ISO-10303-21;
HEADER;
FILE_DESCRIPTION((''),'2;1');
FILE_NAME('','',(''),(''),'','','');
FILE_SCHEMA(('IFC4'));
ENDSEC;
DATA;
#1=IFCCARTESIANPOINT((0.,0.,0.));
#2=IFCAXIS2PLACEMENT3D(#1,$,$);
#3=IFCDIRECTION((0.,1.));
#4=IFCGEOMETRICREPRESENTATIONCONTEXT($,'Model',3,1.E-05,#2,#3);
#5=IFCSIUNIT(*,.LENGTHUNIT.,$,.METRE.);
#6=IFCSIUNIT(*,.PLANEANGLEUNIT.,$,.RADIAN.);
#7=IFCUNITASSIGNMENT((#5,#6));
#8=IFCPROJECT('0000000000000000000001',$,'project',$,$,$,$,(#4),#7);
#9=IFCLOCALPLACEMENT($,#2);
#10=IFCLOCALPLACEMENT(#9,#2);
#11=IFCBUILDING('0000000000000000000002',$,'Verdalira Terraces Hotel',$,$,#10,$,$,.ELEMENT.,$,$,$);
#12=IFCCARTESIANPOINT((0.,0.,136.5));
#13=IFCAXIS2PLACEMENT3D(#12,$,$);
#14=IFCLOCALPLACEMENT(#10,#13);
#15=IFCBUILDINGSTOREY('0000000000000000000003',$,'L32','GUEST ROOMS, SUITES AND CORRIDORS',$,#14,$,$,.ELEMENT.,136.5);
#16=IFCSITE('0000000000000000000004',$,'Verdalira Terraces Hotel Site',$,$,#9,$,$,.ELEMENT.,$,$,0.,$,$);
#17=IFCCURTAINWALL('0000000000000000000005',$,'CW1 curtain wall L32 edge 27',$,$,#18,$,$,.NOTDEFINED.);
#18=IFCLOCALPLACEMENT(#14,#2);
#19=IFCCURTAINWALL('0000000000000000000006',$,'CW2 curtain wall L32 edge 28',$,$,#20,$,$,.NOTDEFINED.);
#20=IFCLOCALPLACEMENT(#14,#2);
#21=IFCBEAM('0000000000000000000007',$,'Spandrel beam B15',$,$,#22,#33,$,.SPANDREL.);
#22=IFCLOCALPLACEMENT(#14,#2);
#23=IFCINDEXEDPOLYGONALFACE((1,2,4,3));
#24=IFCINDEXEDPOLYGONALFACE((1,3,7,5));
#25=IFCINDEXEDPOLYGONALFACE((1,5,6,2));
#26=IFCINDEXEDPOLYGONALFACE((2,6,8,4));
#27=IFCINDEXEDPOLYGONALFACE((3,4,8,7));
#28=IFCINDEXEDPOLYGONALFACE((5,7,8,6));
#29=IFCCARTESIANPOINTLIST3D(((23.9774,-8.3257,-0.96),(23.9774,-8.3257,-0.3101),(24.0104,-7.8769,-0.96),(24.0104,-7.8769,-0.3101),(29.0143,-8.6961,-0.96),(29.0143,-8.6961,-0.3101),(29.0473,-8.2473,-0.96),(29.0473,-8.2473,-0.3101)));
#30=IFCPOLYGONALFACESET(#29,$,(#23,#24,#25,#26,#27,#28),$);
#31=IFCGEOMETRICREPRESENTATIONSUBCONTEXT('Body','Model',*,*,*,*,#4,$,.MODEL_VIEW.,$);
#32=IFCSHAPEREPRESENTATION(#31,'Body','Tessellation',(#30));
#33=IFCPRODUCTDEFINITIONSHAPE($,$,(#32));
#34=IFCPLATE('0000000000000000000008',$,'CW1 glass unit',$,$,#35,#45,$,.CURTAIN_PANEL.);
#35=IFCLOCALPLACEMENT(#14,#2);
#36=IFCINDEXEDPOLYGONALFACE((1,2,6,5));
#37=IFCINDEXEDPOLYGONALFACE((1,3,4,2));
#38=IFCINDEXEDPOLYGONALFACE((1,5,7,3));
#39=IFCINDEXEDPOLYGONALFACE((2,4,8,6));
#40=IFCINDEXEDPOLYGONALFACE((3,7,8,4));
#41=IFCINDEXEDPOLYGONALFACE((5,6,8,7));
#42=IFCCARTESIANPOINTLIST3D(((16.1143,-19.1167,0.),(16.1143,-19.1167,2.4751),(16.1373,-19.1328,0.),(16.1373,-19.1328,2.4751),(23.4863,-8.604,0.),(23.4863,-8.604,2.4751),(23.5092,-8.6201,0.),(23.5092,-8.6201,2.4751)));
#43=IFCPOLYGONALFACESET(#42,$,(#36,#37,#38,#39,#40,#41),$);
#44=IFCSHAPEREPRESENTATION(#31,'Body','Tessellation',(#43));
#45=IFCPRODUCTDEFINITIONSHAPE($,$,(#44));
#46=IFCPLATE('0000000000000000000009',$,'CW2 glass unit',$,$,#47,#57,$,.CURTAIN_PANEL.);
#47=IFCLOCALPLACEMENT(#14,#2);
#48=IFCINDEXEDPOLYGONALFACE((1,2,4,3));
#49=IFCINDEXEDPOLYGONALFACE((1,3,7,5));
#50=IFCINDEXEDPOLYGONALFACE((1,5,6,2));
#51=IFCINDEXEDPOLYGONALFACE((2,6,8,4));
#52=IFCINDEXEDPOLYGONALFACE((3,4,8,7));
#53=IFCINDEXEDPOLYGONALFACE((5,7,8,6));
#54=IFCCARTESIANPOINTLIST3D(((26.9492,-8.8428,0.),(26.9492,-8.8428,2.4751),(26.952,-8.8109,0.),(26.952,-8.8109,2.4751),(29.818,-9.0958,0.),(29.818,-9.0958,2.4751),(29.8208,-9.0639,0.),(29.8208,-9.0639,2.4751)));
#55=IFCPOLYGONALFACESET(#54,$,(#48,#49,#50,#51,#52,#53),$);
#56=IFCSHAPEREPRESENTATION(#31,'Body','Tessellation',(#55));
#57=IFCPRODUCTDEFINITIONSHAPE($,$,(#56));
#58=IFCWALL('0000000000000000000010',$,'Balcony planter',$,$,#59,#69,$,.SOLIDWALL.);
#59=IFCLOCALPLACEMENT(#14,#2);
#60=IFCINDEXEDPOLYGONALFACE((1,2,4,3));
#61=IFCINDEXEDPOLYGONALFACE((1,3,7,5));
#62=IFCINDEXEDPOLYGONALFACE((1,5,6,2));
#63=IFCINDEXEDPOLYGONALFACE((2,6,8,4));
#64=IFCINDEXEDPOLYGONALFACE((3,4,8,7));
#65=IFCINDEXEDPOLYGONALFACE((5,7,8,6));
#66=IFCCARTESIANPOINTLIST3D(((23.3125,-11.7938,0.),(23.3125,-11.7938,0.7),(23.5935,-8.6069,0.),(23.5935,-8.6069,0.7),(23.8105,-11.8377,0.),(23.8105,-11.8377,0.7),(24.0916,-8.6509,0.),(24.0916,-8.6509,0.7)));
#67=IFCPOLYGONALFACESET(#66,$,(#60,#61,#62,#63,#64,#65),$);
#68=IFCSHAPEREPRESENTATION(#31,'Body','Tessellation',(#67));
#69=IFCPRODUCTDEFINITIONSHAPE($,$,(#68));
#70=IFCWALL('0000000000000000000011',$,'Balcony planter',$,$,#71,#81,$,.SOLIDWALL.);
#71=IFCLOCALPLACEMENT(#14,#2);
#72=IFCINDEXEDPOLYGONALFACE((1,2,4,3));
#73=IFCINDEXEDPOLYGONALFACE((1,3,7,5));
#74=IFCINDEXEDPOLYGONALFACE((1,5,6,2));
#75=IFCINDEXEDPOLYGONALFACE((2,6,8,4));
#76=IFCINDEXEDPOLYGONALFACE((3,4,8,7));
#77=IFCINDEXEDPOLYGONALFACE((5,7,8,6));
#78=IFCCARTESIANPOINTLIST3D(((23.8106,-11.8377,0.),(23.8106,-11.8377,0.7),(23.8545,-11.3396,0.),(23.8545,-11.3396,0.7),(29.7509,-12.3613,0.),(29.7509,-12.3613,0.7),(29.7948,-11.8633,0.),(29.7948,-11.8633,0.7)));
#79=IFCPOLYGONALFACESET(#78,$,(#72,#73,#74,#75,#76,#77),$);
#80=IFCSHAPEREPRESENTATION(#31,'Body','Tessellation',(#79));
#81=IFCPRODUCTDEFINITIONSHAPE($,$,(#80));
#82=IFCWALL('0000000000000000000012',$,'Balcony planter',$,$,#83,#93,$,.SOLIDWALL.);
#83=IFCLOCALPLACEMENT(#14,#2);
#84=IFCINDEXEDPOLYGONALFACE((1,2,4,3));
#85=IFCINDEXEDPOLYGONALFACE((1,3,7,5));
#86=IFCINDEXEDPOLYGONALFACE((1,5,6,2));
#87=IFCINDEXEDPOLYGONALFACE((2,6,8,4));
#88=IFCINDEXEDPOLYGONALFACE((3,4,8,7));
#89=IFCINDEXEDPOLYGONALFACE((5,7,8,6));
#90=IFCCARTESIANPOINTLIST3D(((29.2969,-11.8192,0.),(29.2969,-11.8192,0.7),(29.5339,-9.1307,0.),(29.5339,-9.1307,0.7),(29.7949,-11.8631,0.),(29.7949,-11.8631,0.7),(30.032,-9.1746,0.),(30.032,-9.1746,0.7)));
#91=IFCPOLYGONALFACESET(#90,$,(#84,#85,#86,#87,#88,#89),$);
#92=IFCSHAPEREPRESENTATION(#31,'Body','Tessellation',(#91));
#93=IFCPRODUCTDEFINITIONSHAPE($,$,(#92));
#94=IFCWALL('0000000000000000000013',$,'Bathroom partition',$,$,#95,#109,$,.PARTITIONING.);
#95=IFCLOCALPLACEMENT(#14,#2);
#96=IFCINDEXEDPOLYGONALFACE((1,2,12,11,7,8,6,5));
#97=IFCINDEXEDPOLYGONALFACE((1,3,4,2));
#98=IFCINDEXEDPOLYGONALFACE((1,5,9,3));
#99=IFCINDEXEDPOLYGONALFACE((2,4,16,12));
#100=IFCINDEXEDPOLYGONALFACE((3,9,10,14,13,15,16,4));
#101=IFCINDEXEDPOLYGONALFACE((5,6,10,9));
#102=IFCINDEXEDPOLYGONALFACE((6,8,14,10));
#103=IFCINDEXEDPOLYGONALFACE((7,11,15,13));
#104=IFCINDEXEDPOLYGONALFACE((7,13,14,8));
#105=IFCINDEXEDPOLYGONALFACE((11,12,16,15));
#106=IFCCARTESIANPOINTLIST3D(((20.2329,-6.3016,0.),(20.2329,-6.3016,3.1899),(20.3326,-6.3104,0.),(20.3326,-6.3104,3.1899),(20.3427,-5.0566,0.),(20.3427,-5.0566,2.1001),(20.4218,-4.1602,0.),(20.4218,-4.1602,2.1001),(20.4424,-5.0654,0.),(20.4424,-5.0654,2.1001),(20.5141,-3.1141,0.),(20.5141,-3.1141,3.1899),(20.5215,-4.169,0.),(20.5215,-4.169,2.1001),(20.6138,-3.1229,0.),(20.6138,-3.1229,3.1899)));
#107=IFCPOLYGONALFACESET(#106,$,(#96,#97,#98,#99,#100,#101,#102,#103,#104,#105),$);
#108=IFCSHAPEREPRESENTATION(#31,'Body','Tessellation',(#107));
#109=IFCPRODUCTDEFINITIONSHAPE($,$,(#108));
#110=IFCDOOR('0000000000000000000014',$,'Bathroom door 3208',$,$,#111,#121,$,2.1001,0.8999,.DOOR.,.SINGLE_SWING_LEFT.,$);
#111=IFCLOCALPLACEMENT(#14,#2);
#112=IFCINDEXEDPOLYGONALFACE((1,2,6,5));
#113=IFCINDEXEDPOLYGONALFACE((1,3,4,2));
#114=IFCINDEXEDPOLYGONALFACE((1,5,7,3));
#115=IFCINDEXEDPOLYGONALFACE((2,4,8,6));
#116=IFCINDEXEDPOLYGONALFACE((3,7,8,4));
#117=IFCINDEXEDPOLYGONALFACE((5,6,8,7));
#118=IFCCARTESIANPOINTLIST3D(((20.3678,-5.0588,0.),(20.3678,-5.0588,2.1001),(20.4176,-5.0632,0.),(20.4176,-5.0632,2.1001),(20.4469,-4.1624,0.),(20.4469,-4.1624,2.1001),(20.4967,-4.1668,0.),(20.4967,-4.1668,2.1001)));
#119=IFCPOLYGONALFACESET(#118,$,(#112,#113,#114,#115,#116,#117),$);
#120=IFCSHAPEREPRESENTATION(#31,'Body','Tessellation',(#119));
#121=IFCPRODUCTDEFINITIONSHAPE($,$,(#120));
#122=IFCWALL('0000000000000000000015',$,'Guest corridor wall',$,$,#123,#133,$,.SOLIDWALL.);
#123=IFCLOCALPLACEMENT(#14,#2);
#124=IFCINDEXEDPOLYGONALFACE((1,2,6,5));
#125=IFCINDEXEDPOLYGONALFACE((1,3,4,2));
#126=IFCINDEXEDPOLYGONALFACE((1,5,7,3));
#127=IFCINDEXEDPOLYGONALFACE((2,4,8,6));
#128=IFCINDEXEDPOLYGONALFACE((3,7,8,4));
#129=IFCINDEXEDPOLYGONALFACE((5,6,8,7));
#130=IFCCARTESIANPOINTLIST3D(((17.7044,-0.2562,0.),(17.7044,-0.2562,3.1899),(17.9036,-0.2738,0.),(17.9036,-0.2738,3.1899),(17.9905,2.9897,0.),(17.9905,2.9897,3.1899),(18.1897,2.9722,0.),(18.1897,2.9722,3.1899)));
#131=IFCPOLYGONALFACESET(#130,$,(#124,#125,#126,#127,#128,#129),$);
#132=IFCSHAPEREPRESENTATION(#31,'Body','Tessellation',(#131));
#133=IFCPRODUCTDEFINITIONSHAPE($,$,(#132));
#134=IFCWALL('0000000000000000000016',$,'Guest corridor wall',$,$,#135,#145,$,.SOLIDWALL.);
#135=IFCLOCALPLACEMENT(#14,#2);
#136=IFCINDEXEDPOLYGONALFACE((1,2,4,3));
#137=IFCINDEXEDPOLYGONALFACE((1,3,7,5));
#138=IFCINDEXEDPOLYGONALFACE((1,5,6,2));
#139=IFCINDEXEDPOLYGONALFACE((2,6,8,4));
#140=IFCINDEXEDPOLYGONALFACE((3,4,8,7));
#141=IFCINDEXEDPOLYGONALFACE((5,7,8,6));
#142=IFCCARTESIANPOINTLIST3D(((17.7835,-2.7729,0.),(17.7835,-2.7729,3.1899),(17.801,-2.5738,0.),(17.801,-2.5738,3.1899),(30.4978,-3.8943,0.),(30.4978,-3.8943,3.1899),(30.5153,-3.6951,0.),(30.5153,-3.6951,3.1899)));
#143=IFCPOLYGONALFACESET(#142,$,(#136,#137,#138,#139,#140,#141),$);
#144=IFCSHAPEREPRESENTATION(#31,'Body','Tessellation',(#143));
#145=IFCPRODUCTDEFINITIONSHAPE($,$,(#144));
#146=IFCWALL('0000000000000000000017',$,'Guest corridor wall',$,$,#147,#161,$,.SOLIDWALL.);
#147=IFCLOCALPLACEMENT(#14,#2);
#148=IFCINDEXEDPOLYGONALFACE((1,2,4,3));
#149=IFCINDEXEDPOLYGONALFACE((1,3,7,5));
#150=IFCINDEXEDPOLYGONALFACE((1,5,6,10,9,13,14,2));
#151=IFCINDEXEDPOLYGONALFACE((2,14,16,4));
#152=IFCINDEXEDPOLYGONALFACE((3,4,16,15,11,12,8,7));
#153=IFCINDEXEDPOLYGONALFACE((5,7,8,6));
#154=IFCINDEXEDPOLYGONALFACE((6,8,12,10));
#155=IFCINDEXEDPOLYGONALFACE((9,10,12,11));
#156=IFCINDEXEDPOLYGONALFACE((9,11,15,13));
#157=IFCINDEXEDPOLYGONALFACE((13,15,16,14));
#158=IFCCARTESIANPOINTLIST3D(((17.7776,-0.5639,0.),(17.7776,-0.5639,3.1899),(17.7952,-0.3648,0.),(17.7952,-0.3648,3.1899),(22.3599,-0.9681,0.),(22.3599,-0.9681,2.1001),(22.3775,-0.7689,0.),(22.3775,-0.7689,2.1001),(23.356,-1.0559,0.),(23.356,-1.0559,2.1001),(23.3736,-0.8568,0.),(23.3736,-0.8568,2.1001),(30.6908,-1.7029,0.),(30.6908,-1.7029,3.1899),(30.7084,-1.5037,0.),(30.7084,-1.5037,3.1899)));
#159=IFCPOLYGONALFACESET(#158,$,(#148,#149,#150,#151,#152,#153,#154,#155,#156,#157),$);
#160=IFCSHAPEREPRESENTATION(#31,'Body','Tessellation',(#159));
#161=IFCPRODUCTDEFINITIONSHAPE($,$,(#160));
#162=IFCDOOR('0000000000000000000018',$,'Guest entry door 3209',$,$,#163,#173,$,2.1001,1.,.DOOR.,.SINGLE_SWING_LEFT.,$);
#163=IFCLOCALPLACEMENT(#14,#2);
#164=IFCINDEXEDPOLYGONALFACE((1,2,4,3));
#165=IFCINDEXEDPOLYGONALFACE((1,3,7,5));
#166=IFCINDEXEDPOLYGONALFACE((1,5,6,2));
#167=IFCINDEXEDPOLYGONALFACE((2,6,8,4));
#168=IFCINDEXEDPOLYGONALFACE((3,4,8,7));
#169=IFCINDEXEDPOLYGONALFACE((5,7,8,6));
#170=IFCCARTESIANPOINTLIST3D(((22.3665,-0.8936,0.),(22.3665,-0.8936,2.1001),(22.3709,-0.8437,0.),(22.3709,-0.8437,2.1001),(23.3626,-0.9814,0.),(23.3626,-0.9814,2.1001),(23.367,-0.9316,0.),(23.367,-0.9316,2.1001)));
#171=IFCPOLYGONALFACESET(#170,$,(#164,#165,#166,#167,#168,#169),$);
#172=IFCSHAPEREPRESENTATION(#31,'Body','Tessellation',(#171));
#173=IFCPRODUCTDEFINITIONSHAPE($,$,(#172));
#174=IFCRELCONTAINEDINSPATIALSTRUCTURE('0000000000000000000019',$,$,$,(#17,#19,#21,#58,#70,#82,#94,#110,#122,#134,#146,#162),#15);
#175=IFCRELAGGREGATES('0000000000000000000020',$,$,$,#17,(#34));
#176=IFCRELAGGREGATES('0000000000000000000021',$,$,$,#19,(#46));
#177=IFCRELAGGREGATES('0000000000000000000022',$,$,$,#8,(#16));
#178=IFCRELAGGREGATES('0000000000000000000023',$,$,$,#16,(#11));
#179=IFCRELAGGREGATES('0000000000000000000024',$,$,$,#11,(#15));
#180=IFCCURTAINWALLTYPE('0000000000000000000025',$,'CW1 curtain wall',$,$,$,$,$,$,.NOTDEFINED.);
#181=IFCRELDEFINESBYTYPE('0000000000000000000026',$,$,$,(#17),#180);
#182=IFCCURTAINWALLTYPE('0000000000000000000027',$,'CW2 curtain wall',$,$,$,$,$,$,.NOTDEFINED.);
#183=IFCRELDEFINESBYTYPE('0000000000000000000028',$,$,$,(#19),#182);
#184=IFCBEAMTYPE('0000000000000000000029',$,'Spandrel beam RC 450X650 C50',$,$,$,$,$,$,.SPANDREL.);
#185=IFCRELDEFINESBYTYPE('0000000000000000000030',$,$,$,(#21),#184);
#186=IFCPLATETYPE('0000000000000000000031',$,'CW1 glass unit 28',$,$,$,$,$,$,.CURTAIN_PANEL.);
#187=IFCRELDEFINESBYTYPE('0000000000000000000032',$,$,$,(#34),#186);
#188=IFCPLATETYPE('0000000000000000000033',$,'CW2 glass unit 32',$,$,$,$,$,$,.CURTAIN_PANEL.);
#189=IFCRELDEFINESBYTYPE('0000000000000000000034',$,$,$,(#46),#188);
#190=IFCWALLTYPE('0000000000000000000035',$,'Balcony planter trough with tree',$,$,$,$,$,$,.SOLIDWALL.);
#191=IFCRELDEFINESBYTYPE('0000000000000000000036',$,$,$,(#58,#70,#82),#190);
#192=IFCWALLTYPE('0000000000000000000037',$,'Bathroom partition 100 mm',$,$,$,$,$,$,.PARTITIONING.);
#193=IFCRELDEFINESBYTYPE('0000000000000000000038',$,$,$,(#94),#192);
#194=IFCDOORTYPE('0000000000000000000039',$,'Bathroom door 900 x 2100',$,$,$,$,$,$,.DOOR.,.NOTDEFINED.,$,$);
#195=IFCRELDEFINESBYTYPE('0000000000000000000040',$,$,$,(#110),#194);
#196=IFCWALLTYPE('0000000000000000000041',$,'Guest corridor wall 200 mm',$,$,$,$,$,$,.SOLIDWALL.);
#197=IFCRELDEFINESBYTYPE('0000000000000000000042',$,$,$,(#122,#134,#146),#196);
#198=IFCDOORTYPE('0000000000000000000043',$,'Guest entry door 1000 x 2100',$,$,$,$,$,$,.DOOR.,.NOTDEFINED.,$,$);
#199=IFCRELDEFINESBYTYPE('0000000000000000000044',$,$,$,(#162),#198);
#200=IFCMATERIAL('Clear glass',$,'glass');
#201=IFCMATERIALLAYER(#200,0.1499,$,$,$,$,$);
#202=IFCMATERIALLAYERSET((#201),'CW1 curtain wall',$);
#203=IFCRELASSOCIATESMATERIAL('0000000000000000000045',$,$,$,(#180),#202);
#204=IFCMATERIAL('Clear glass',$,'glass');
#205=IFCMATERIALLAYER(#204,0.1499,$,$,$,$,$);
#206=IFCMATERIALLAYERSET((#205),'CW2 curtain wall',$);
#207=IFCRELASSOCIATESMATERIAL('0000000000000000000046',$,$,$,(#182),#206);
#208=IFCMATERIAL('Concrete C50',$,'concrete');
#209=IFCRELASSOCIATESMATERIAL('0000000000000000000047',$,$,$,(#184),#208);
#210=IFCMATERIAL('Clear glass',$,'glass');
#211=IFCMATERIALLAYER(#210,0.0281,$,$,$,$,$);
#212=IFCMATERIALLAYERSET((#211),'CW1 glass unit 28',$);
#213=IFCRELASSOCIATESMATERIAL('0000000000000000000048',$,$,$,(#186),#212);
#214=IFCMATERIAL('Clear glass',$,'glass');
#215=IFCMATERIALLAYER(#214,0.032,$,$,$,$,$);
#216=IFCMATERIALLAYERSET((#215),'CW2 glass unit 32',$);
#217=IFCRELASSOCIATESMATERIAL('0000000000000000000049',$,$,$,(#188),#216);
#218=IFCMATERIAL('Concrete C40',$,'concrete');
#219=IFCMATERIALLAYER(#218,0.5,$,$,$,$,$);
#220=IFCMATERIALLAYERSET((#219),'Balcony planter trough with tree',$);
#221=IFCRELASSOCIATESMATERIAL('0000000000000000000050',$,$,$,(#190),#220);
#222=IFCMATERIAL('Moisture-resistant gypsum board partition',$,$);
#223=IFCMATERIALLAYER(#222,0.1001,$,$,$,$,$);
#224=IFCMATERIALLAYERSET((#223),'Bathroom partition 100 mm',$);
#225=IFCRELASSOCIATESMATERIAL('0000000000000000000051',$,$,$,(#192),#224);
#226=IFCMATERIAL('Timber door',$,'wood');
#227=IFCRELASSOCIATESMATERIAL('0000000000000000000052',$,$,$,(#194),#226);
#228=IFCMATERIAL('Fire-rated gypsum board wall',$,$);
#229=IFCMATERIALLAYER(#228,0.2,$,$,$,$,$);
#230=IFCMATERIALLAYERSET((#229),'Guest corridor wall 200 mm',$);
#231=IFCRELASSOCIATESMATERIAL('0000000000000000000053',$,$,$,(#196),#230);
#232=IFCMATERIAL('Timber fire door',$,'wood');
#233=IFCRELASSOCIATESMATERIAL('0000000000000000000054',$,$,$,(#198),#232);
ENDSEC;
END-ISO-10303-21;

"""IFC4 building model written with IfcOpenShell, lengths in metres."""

from ifc_helpers import new_model, si_unit, direction, frame, frame_2d, origin, origin_2d, place, context, subcontext, project, spatial, rectangle, extrude, material, layer, layer_set, material_profile, profile_set, type_object, element, fill, aggregate, save


model = new_model("IFC4")

# Units and contexts
model_context = context("Model", 3, precision=1e-05, world=origin(), true_north=direction((0.0, 1.0)))
body_context = subcontext(model_context, "Body", "Model", "MODEL_VIEW")
ifc_project = project(units=[si_unit("LENGTHUNIT", "METRE"), si_unit("PLANEANGLEUNIT", "RADIAN")], contexts=[model_context])

# Site, building, storey
site_placement = place(None, origin())
site = spatial("IfcSite", under=ifc_project, at=site_placement, Name="Verdalira Terraces Hotel Site", CompositionType="ELEMENT", RefElevation=0.0)
building_placement = place(site_placement, origin())
building = spatial("IfcBuilding", under=site, at=building_placement, Name="Verdalira Terraces Hotel", CompositionType="ELEMENT")
storey_placement = place(building_placement, frame((0.0, 0.0, 136.5)))
storey = spatial("IfcBuildingStorey", under=building, at=storey_placement, Name="L32", Description="GUEST ROOMS, SUITES AND CORRIDORS", CompositionType="ELEMENT", Elevation=136.5)

# Curtain wall
ifc_material_1 = material(Name="Clear glass", Category="glass")
ifc_layer_1 = layer(ifc_material_1, 0.1499)
ifc_layer_set_1 = layer_set([ifc_layer_1], Name="CW1 curtain wall")
curtain_wall_type_1 = type_object("IfcCurtainWallType", Name="CW1 curtain wall", PredefinedType="NOTDEFINED", material=ifc_layer_set_1)
curtain_wall_1_placement = place(storey_placement, origin())
curtain_wall_1 = element("IfcCurtainWall", 1, at=curtain_wall_1_placement, inside=storey, type_object=curtain_wall_type_1, Name="CW1 curtain wall L32 edge 27", PredefinedType="NOTDEFINED")

# Curtain wall
ifc_material_2 = material(Name="Clear glass", Category="glass")
ifc_layer_2 = layer(ifc_material_2, 0.1499)
ifc_layer_set_2 = layer_set([ifc_layer_2], Name="CW2 curtain wall")
curtain_wall_type_2 = type_object("IfcCurtainWallType", Name="CW2 curtain wall", PredefinedType="NOTDEFINED", material=ifc_layer_set_2)
curtain_wall_2_placement = place(storey_placement, origin())
curtain_wall_2 = element("IfcCurtainWall", 2, at=curtain_wall_2_placement, inside=storey, type_object=curtain_wall_type_2, Name="CW2 curtain wall L32 edge 28", PredefinedType="NOTDEFINED")

# Beam
ifc_material_3 = material(Name="Concrete C50", Category="concrete")
ifc_material_profile_1 = material_profile(ifc_material_3, rectangle(XDim=0.45, YDim=0.6499, at=origin_2d()), Name="RC 450X650")
ifc_profile_set_1 = profile_set([ifc_material_profile_1], Name="Concrete C50")
beam_type_1 = type_object("IfcBeamType", Name="Spandrel beam RC 450X650 C50", PredefinedType="SPANDREL", material=ifc_profile_set_1)
beam_1_placement = place(storey_placement, frame((23.9939, -8.1013, -0.635), z_axis=(0.997308, -0.073332, 0.0), x_axis=(0.073332, 0.997308, 0.0)))
element("IfcBeam", 3, at=beam_1_placement, inside=storey, type_object=beam_type_1, Name="Spandrel beam B15", PredefinedType="SPANDREL", context=body_context, shape_type="SweptSolid", body=[
    extrude(rectangle(XDim=0.45, YDim=0.6499, at=origin_2d()), origin(), (0.0, 0.0, 1.0), 5.0505),
])

# Plates
ifc_material_4 = material(Name="Clear glass", Category="glass")
ifc_layer_3 = layer(ifc_material_4, 0.0281)
ifc_layer_set_3 = layer_set([ifc_layer_3], Name="CW1 glass unit 28")
plate_type_1 = type_object("IfcPlateType", Name="CW1 glass unit 28", PredefinedType="CURTAIN_PANEL", material=ifc_layer_set_3)
plate_1_placement = place(storey_placement, frame((19.8118, -13.8684, 0.0), z_axis=(0.0, 0.0, 1.0), x_axis=(0.574148, 0.818751, 0.0)))
plate_1 = element("IfcPlate", 4, at=plate_1_placement, type_object=plate_type_1, Name="CW1 glass unit", PredefinedType="CURTAIN_PANEL", context=body_context, shape_type="SweptSolid", body=[
    extrude(rectangle(XDim=12.8398, YDim=0.0281, at=origin_2d()), origin(), (0.0, 0.0, 1.0), 2.4751),
])
aggregate(curtain_wall_1, [plate_1])
ifc_material_5 = material(Name="Clear glass", Category="glass")
ifc_layer_4 = layer(ifc_material_5, 0.032)
ifc_layer_set_4 = layer_set([ifc_layer_4], Name="CW2 glass unit 32")
plate_type_2 = type_object("IfcPlateType", Name="CW2 glass unit 32", PredefinedType="CURTAIN_PANEL", material=ifc_layer_set_4)
plate_2_placement = place(storey_placement, frame((28.385, -8.9534, 0.0), z_axis=(0.0, 0.0, 1.0), x_axis=(0.996134, -0.087851, 0.0)))
plate_2 = element("IfcPlate", 5, at=plate_2_placement, type_object=plate_type_2, Name="CW2 glass unit", PredefinedType="CURTAIN_PANEL", context=body_context, shape_type="SweptSolid", body=[
    extrude(rectangle(XDim=2.8799, YDim=0.032, at=origin_2d()), origin(), (0.0, 0.0, 1.0), 2.4751),
])
aggregate(curtain_wall_2, [plate_2])

# Walls
ifc_material_6 = material(Name="Concrete C40", Category="concrete")
ifc_layer_5 = layer(ifc_material_6, 0.5)
ifc_layer_set_5 = layer_set([ifc_layer_5], Name="Balcony planter trough with tree")
wall_type_1 = type_object("IfcWallType", Name="Balcony planter trough with tree", PredefinedType="SOLIDWALL", material=ifc_layer_set_5)
wall_1_placement = place(storey_placement, frame((23.8425, -8.6289, 0.0), z_axis=(0.0, 0.0, 1.0), x_axis=(-0.087838, -0.996135, 0.0)))
element("IfcWall", 6, at=wall_1_placement, inside=storey, type_object=wall_type_1, Name="Balcony planter", PredefinedType="SOLIDWALL", context=body_context, shape_type="SweptSolid", body=[
    extrude(rectangle(XDim=3.1992, YDim=0.5, at=frame_2d((1.5996, 0.0))), origin(), (0.0, 0.0, 1.0), 0.7),
])
wall_2_placement = place(storey_placement, frame((23.8325, -11.5886, 0.0), z_axis=(0.0, 0.0, 1.0), x_axis=(0.996137, -0.087815, 0.0)))
element("IfcWall", 7, at=wall_2_placement, inside=storey, type_object=wall_type_1, Name="Balcony planter", PredefinedType="SOLIDWALL", context=body_context, shape_type="SweptSolid", body=[
    extrude(rectangle(XDim=5.9634, YDim=0.5, at=frame_2d((2.9817, 0.0))), origin(), (0.0, 0.0, 1.0), 0.7),
])
wall_3_placement = place(storey_placement, frame((29.5459, -11.8413, 0.0), z_axis=(0.0, 0.0, 1.0), x_axis=(0.087836, 0.996135, 0.0)))
element("IfcWall", 8, at=wall_3_placement, inside=storey, type_object=wall_type_1, Name="Balcony planter", PredefinedType="SOLIDWALL", context=body_context, shape_type="SweptSolid", body=[
    extrude(rectangle(XDim=2.699, YDim=0.5, at=frame_2d((1.3496, 0.0))), origin(), (0.0, 0.0, 1.0), 0.7),
])

# Wall, opening, door
ifc_material_7 = material(Name="Moisture-resistant gypsum board partition")
ifc_layer_6 = layer(ifc_material_7, 0.1001)
ifc_layer_set_6 = layer_set([ifc_layer_6], Name="Bathroom partition 100 mm")
wall_type_2 = type_object("IfcWallType", Name="Bathroom partition 100 mm", PredefinedType="PARTITIONING", material=ifc_layer_set_6)
wall_4_placement = place(storey_placement, frame((20.2827, -6.3062, 0.0), z_axis=(0.0, 0.0, 1.0), x_axis=(0.087894, 0.99613, 0.0)))
wall_4 = element("IfcWall", 9, at=wall_4_placement, inside=storey, type_object=wall_type_2, Name="Bathroom partition", PredefinedType="PARTITIONING", context=body_context, shape_type="SweptSolid", body=[
    extrude(rectangle(XDim=3.2, YDim=0.1001, at=frame_2d((1.6001, 0.0))), origin(), (0.0, 0.0, 1.0), 3.1899),
])
opening_1_placement = place(wall_4_placement, frame((1.25, 0.0, 0.0)))
opening_1 = element("IfcOpeningElement", 10, at=opening_1_placement, cuts=wall_4, PredefinedType="OPENING", context=body_context, shape_type="SweptSolid", body=[
    extrude(rectangle(XDim=0.8999, YDim=2.1001, at=frame_2d((0.45, 1.05))), frame((0.0, 0.0601, 0.0), z_axis=(0.0, -1.0, 0.0), x_axis=(1.0, 0.0, 0.0)), (0.0, 0.0, 1.0), 0.1201),
])
ifc_material_8 = material(Name="Timber door", Category="wood")
door_type_1 = type_object("IfcDoorType", Name="Bathroom door 900 x 2100", OperationType="NOTDEFINED", PredefinedType="DOOR", material=ifc_material_8)
door_1_placement = place(opening_1_placement, origin())
door_1 = element("IfcDoor", 11, at=door_1_placement, inside=storey, type_object=door_type_1, Name="Bathroom door 3208", OperationType="SINGLE_SWING_LEFT", OverallHeight=2.1001, OverallWidth=0.8999, PredefinedType="DOOR", context=body_context, shape_type="SweptSolid", body=[
    extrude(rectangle(XDim=0.8999, YDim=2.1001, at=frame_2d((0.45, 1.05))), frame((0.0, 0.0249, 0.0), z_axis=(0.0, -1.0, 0.0), x_axis=(1.0, 0.0, 0.0)), (0.0, 0.0, 1.0), 0.05),
])
fill(opening_1, door_1)

# Walls
ifc_material_9 = material(Name="Fire-rated gypsum board wall")
ifc_layer_7 = layer(ifc_material_9, 0.2)
ifc_layer_set_7 = layer_set([ifc_layer_7], Name="Guest corridor wall 200 mm")
wall_type_3 = type_object("IfcWallType", Name="Guest corridor wall 200 mm", PredefinedType="SOLIDWALL", material=ifc_layer_set_7)
wall_5_placement = place(storey_placement, frame((17.804, -0.2651, 0.0), z_axis=(0.0, 0.0, 1.0), x_axis=(0.087813, 0.996137, 0.0)))
element("IfcWall", 12, at=wall_5_placement, inside=storey, type_object=wall_type_3, Name="Guest corridor wall", PredefinedType="SOLIDWALL", context=body_context, shape_type="SweptSolid", body=[
    extrude(rectangle(XDim=3.2585, YDim=0.2, at=frame_2d((1.6294, 0.0))), origin(), (0.0, 0.0, 1.0), 3.1899),
])
wall_6_placement = place(storey_placement, frame((17.7922, -2.6733, 0.0), z_axis=(0.0, 0.0, 1.0), x_axis=(0.996133, -0.087854, 0.0)))
element("IfcWall", 13, at=wall_6_placement, inside=storey, type_object=wall_type_3, Name="Guest corridor wall", PredefinedType="SOLIDWALL", context=body_context, shape_type="SweptSolid", body=[
    extrude(rectangle(XDim=12.7637, YDim=0.2, at=frame_2d((6.3818, 0.0))), origin(), (0.0, 0.0, 1.0), 3.1899),
])

# Wall, opening, door
wall_7_placement = place(storey_placement, frame((17.7864, -0.4644, 0.0), z_axis=(0.0, 0.0, 1.0), x_axis=(0.996133, -0.087856, 0.0)))
wall_7 = element("IfcWall", 14, at=wall_7_placement, inside=storey, type_object=wall_type_3, Name="Guest corridor wall", PredefinedType="SOLIDWALL", context=body_context, shape_type="SweptSolid", body=[
    extrude(rectangle(XDim=12.9634, YDim=0.2, at=frame_2d((6.4817, 0.0))), origin(), (0.0, 0.0, 1.0), 3.1899),
])
opening_2_placement = place(wall_7_placement, frame((4.6001, 0.0, 0.0)))
opening_2 = element("IfcOpeningElement", 15, at=opening_2_placement, cuts=wall_7, PredefinedType="OPENING", context=body_context, shape_type="SweptSolid", body=[
    extrude(rectangle(XDim=1.0, YDim=2.1001, at=frame_2d((0.5, 1.05))), frame((0.0, 0.1099, 0.0), z_axis=(0.0, -1.0, 0.0), x_axis=(1.0, 0.0, 0.0)), (0.0, 0.0, 1.0), 0.22),
])
ifc_material_10 = material(Name="Timber fire door", Category="wood")
door_type_2 = type_object("IfcDoorType", Name="Guest entry door 1000 x 2100", OperationType="NOTDEFINED", PredefinedType="DOOR", material=ifc_material_10)
door_2_placement = place(opening_2_placement, origin())
door_2 = element("IfcDoor", 16, at=door_2_placement, inside=storey, type_object=door_type_2, Name="Guest entry door 3209", OperationType="SINGLE_SWING_LEFT", OverallHeight=2.1001, OverallWidth=1.0, PredefinedType="DOOR", context=body_context, shape_type="SweptSolid", body=[
    extrude(rectangle(XDim=1.0, YDim=2.1001, at=frame_2d((0.5, 1.05))), frame((0.0, 0.0249, 0.0), z_axis=(0.0, -1.0, 0.0), x_axis=(1.0, 0.0, 0.0)), (0.0, 0.0, 1.0), 0.05),
])
fill(opening_2, door_2)

save(model, "model.ifc")
